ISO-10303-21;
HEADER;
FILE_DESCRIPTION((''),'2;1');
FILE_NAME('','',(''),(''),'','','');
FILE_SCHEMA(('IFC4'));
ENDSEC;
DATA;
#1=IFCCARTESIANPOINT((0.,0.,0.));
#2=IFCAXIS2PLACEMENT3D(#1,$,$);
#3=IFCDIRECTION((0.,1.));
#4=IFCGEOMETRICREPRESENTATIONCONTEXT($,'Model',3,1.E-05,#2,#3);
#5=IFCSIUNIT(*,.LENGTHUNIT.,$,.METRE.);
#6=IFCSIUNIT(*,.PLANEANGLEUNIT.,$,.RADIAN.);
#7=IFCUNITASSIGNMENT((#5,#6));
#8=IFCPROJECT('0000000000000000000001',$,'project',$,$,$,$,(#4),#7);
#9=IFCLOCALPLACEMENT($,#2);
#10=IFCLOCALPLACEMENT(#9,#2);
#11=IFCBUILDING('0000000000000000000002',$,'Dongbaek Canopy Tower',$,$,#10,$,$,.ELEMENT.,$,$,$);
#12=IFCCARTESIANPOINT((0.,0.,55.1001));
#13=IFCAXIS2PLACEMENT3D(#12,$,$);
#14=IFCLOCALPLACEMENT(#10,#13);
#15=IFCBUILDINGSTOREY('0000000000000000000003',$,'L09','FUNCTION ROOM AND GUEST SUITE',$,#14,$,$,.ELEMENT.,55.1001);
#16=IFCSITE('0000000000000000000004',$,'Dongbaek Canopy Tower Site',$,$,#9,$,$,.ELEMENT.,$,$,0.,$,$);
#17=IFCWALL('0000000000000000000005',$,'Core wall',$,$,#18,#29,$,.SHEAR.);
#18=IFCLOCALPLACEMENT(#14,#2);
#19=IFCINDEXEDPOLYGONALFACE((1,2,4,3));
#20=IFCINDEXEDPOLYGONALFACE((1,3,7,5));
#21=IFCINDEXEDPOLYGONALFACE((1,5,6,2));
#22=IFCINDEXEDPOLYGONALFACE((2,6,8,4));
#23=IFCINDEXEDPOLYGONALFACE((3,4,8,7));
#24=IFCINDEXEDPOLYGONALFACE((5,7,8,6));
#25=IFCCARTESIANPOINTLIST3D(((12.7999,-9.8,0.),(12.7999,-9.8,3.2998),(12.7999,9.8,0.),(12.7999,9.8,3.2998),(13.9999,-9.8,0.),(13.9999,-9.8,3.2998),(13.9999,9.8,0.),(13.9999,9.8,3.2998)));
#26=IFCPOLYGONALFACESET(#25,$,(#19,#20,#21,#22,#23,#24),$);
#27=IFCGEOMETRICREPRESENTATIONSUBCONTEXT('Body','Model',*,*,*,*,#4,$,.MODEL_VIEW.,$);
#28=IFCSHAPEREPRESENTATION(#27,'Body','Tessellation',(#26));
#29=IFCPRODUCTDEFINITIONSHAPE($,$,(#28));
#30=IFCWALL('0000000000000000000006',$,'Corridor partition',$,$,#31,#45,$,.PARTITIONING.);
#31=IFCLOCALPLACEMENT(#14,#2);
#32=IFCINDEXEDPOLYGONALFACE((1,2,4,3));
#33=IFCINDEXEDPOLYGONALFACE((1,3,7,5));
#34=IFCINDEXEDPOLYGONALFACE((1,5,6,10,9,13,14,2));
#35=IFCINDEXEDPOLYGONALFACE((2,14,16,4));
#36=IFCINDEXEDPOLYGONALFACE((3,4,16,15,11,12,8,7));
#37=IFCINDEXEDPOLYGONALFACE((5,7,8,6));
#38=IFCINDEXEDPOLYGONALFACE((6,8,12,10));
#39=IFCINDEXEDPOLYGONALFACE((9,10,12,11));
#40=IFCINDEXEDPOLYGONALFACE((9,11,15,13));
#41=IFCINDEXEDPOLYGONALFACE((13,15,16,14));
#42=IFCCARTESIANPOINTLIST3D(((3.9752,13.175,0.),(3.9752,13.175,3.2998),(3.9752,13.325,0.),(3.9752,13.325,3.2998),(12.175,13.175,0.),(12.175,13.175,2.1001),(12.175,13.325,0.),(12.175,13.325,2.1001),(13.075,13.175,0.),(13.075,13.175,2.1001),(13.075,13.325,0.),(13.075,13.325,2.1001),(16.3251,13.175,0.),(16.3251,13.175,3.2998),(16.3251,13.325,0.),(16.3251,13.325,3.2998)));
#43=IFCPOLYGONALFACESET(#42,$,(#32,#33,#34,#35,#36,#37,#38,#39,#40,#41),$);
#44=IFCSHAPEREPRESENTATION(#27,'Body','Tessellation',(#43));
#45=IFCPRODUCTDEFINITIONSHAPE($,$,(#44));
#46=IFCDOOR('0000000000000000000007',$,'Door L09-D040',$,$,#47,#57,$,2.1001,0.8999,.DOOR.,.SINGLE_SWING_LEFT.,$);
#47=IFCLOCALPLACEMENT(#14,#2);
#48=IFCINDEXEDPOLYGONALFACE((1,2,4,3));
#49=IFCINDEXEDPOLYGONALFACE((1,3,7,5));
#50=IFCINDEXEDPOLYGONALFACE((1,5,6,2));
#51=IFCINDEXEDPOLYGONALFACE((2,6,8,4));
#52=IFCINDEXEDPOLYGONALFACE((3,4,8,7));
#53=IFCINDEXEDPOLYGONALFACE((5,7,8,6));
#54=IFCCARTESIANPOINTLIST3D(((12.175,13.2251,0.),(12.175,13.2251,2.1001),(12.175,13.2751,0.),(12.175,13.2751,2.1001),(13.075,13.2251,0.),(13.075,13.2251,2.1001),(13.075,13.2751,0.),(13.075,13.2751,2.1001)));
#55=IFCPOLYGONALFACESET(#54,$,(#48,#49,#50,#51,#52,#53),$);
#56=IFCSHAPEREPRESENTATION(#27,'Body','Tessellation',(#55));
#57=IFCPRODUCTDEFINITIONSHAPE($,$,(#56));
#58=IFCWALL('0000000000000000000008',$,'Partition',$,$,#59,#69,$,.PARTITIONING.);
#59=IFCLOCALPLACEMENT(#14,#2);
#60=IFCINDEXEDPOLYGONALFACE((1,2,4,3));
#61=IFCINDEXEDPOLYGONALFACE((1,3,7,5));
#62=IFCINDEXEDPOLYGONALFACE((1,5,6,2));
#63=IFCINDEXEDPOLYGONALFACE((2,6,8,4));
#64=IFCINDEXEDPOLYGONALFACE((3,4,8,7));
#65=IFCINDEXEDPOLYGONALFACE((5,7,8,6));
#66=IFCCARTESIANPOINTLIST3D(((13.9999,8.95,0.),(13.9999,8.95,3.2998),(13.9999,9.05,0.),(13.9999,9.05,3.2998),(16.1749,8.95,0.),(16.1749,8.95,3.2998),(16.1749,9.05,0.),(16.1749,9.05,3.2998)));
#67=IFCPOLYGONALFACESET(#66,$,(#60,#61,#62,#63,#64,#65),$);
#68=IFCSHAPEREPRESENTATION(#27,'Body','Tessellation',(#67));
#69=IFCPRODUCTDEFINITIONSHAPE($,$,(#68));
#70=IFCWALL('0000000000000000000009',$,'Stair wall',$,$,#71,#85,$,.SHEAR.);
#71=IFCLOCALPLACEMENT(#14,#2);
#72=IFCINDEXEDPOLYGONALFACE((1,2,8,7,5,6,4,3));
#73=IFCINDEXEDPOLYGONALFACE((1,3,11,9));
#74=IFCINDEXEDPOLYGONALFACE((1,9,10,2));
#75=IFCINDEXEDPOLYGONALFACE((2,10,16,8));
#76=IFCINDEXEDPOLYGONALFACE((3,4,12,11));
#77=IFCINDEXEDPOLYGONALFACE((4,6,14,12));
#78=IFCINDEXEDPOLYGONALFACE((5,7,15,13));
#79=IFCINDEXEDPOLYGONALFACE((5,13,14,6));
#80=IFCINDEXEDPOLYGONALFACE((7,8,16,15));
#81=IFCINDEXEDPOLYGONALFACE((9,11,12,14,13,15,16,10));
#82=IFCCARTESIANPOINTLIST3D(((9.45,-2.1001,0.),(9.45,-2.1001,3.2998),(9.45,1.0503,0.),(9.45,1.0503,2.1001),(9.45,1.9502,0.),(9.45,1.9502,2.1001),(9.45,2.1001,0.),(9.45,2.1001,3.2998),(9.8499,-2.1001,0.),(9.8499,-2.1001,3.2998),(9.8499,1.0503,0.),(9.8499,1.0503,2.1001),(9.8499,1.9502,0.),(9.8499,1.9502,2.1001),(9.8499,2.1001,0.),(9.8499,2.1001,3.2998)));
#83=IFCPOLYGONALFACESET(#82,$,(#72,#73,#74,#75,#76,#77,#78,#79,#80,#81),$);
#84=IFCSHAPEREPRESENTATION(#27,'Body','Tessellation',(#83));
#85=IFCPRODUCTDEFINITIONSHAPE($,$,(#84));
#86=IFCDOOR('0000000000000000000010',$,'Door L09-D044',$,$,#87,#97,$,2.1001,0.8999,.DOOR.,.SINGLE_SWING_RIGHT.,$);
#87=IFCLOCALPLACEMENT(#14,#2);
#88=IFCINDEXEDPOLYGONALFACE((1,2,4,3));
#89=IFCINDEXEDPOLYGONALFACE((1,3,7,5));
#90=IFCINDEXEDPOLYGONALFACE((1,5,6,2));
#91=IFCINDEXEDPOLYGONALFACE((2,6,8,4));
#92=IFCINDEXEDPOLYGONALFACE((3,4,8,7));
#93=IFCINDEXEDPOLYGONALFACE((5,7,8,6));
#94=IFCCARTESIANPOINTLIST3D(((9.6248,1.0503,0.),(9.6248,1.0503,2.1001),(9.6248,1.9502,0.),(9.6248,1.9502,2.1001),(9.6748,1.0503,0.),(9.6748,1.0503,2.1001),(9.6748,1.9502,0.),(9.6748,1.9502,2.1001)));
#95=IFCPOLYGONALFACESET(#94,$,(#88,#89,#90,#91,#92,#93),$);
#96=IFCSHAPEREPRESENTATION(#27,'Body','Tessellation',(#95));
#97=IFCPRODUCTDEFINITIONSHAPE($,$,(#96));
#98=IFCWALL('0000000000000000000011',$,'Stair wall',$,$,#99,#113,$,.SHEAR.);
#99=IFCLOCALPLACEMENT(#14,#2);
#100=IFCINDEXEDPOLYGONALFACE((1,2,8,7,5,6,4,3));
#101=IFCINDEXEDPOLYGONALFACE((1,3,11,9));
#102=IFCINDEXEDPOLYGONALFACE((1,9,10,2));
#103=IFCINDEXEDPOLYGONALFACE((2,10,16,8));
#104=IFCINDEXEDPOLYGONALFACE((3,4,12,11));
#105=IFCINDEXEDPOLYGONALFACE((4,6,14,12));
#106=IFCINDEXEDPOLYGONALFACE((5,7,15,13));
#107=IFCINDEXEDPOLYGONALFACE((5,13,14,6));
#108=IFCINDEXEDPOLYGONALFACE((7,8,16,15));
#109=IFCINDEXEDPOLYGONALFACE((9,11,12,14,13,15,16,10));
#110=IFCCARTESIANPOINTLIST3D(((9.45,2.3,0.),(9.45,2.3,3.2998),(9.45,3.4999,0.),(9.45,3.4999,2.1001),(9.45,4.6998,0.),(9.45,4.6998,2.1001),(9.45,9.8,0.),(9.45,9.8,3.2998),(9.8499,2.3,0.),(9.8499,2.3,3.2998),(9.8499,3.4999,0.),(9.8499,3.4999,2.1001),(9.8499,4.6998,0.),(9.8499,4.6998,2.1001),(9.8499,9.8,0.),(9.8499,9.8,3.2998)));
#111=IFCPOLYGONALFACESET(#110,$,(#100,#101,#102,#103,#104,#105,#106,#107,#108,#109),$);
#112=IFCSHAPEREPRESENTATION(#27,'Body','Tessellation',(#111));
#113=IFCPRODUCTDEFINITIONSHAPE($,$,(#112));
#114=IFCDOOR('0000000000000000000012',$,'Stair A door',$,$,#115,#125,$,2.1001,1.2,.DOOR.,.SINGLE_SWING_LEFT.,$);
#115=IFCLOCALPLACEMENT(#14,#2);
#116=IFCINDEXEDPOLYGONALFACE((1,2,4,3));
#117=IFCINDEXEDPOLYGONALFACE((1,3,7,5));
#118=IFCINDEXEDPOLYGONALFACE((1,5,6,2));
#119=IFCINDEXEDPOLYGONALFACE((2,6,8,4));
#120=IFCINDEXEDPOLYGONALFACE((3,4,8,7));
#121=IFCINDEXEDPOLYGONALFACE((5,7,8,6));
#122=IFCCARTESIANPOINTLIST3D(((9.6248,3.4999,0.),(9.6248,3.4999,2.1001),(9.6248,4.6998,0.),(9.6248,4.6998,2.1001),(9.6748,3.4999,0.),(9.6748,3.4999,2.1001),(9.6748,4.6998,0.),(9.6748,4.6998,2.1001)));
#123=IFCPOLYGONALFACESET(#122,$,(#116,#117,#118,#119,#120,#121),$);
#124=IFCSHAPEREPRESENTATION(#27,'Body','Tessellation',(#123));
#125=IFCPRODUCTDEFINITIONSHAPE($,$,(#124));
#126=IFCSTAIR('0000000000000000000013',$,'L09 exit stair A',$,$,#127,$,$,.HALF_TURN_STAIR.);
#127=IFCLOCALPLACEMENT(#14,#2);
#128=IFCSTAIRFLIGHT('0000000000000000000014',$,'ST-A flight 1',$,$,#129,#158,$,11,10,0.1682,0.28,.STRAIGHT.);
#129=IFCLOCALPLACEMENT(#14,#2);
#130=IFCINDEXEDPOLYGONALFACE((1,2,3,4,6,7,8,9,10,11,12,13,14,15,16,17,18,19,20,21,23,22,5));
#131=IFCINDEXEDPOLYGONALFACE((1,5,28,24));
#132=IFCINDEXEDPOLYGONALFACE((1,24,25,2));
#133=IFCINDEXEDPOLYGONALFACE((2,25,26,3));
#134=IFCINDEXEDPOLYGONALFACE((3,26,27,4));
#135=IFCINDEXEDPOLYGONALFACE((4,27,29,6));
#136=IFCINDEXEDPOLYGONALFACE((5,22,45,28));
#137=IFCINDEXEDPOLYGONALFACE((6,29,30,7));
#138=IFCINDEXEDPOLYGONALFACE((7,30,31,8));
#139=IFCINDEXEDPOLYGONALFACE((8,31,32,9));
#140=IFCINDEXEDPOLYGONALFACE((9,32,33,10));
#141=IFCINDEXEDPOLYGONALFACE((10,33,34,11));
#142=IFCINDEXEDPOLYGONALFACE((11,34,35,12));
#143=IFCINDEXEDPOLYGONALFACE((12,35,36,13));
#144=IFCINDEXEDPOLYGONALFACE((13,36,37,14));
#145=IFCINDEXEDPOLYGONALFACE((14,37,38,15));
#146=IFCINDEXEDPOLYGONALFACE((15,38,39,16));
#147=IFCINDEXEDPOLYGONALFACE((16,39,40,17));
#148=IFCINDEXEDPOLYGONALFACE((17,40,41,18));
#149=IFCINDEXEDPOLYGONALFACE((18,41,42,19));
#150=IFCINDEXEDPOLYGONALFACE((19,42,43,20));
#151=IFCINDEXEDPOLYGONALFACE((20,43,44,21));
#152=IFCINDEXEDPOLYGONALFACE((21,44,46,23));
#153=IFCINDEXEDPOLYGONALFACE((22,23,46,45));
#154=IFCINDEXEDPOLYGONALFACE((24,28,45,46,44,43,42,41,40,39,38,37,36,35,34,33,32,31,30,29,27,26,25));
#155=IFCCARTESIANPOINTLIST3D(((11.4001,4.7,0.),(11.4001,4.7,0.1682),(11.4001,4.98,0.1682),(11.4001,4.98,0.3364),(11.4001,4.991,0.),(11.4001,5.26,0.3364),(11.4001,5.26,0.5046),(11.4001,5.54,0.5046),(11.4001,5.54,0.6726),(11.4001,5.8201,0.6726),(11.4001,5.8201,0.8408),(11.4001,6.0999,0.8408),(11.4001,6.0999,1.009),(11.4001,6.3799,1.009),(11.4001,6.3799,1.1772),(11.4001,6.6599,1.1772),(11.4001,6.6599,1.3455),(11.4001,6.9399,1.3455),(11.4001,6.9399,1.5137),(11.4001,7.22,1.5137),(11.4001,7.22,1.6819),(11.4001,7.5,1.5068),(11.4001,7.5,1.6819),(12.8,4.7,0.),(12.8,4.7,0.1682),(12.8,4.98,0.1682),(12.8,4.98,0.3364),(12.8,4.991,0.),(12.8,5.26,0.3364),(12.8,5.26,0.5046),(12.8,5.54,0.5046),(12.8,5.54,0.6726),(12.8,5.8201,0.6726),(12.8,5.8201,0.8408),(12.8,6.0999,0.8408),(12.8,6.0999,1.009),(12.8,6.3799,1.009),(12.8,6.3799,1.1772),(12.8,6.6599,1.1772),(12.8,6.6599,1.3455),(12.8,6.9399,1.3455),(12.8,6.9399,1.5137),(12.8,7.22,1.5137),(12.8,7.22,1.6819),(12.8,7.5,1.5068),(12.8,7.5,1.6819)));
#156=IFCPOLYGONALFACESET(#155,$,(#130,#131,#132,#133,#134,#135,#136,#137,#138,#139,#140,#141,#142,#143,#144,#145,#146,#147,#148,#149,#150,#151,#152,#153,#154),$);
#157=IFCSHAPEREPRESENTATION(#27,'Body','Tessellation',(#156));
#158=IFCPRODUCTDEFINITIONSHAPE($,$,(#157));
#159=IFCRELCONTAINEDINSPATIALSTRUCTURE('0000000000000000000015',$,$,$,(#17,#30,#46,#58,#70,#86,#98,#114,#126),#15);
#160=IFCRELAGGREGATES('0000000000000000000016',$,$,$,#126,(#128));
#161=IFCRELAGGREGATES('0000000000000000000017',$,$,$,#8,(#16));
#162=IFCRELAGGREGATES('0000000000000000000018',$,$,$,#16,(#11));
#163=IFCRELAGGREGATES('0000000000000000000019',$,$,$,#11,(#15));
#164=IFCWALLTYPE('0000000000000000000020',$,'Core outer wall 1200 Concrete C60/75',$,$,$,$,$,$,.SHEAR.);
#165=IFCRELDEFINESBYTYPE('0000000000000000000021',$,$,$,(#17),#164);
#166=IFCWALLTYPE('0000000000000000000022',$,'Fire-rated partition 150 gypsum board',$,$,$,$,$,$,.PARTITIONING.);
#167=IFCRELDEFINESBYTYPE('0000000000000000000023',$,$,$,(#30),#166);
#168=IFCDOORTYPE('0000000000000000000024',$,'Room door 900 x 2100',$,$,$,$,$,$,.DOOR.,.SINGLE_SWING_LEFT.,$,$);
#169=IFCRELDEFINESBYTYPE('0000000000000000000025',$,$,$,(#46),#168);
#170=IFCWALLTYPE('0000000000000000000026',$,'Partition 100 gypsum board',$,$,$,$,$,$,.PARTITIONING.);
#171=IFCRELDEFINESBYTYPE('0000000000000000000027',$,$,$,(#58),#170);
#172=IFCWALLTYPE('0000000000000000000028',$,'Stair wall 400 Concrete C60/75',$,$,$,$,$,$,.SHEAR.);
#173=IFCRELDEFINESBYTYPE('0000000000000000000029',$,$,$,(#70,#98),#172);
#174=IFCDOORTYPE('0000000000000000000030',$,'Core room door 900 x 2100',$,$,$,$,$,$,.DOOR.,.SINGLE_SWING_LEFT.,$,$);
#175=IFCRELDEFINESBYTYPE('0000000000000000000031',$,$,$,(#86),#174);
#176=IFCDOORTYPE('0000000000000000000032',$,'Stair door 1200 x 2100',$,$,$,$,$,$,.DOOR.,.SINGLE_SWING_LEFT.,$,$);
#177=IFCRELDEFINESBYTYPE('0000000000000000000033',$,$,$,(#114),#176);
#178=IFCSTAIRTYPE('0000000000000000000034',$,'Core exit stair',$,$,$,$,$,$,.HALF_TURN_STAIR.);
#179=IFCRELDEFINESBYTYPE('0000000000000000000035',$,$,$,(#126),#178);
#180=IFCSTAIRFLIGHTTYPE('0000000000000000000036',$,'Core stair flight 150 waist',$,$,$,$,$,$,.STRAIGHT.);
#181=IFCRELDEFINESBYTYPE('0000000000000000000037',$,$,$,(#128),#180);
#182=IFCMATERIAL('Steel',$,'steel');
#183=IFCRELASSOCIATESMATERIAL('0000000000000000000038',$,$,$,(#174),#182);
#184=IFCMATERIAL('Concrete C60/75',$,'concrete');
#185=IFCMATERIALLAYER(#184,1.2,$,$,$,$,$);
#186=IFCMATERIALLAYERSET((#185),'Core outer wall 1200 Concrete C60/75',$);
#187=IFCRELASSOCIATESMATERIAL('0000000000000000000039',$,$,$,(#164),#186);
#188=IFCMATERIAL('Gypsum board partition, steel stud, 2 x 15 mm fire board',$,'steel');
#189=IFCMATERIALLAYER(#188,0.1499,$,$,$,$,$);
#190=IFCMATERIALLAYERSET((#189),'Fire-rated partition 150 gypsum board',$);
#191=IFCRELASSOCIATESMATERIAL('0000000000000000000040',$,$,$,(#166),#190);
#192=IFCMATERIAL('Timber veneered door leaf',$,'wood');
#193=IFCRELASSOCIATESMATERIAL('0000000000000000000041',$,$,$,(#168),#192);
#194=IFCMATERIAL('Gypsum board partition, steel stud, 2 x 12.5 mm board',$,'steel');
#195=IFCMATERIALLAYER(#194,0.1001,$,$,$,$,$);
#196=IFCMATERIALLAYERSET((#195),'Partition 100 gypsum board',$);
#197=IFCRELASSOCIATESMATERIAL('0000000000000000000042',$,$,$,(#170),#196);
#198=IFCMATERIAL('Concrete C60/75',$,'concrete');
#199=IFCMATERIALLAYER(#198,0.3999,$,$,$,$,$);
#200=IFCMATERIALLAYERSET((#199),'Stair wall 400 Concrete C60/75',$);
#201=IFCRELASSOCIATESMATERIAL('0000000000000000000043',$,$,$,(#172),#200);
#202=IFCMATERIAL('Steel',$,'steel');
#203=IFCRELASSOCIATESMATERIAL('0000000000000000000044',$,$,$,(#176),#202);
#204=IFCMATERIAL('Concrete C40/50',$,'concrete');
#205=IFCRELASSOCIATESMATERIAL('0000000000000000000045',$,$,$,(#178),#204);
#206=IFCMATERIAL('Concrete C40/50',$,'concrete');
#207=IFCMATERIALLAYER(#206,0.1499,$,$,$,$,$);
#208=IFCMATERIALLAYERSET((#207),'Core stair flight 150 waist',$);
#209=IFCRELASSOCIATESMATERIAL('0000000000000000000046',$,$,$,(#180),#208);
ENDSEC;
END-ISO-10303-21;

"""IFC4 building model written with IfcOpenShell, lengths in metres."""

from ifc_helpers import new_model, si_unit, direction, frame, frame_2d, origin, place, context, subcontext, project, spatial, polyline, rectangle, outline, extrude, material, layer, layer_set, type_object, element, fill, aggregate, save


model = new_model("IFC4")

# Units and contexts
model_context = context("Model", 3, precision=1e-05, world=origin(), true_north=direction((0.0, 1.0)))
body_context = subcontext(model_context, "Body", "Model", "MODEL_VIEW")
ifc_project = project(units=[si_unit("LENGTHUNIT", "METRE"), si_unit("PLANEANGLEUNIT", "RADIAN")], contexts=[model_context])

# Site, building, storey
site_placement = place(None, origin())
site = spatial("IfcSite", under=ifc_project, at=site_placement, Name="Dongbaek Canopy Tower Site", CompositionType="ELEMENT", RefElevation=0.0)
building_placement = place(site_placement, origin())
building = spatial("IfcBuilding", under=site, at=building_placement, Name="Dongbaek Canopy Tower", CompositionType="ELEMENT")
storey_placement = place(building_placement, frame((0.0, 0.0, 55.1001)))
storey = spatial("IfcBuildingStorey", under=building, at=storey_placement, Name="L09", Description="FUNCTION ROOM AND GUEST SUITE", CompositionType="ELEMENT", Elevation=55.1001)

# Shared definitions
ifc_material_1 = material(Name="Steel", Category="steel")
door_type_1 = type_object("IfcDoorType", Name="Core room door 900 x 2100", OperationType="SINGLE_SWING_LEFT", PredefinedType="DOOR", material=ifc_material_1)

# Wall
ifc_material_2 = material(Name="Concrete C60/75", Category="concrete")
ifc_layer_1 = layer(ifc_material_2, 1.2)
ifc_layer_set_1 = layer_set([ifc_layer_1], Name="Core outer wall 1200 Concrete C60/75")
wall_type_1 = type_object("IfcWallType", Name="Core outer wall 1200 Concrete C60/75", PredefinedType="SHEAR", material=ifc_layer_set_1)
wall_1_placement = place(storey_placement, frame((13.3999, 9.8, 0.0), z_axis=(0.0, 0.0, 1.0), x_axis=(0.0, -1.0, 0.0)))
element("IfcWall", 1, at=wall_1_placement, inside=storey, type_object=wall_type_1, Name="Core wall", PredefinedType="SHEAR", context=body_context, shape_type="SweptSolid", body=[
    extrude(rectangle(XDim=19.6001, YDim=1.2, at=frame_2d((9.8, 0.0))), origin(), (0.0, 0.0, 1.0), 3.2998),
])

# Wall, opening, door
ifc_material_3 = material(Name="Gypsum board partition, steel stud, 2 x 15 mm fire board", Category="steel")
ifc_layer_2 = layer(ifc_material_3, 0.1499)
ifc_layer_set_2 = layer_set([ifc_layer_2], Name="Fire-rated partition 150 gypsum board")
wall_type_2 = type_object("IfcWallType", Name="Fire-rated partition 150 gypsum board", PredefinedType="PARTITIONING", material=ifc_layer_set_2)
wall_2_placement = place(storey_placement, frame((16.325, 13.25, 0.0), z_axis=(0.0, 0.0, 1.0), x_axis=(-1.0, 0.0, 0.0)))
wall_2 = element("IfcWall", 2, at=wall_2_placement, inside=storey, type_object=wall_type_2, Name="Corridor partition", PredefinedType="PARTITIONING", context=body_context, shape_type="SweptSolid", body=[
    extrude(rectangle(XDim=12.3499, YDim=0.1499, at=frame_2d((6.1748, 0.0))), origin(), (0.0, 0.0, 1.0), 3.2998),
])
opening_1_placement = place(wall_2_placement, frame((3.25, 0.0, 0.0)))
opening_1 = element("IfcOpeningElement", 3, at=opening_1_placement, cuts=wall_2, PredefinedType="OPENING", context=body_context, shape_type="SweptSolid", body=[
    extrude(rectangle(XDim=0.8999, YDim=2.1001, at=frame_2d((0.45, 1.05))), frame((0.0, 0.085, 0.0), z_axis=(0.0, -1.0, 0.0), x_axis=(1.0, 0.0, 0.0)), (0.0, 0.0, 1.0), 0.1699),
])
ifc_material_4 = material(Name="Timber veneered door leaf", Category="wood")
door_type_2 = type_object("IfcDoorType", Name="Room door 900 x 2100", OperationType="SINGLE_SWING_LEFT", PredefinedType="DOOR", material=ifc_material_4)
door_1_placement = place(opening_1_placement, origin())
door_1 = element("IfcDoor", 4, at=door_1_placement, inside=storey, type_object=door_type_2, Name="Door L09-D040", OperationType="SINGLE_SWING_LEFT", OverallHeight=2.1001, OverallWidth=0.8999, PredefinedType="DOOR", context=body_context, shape_type="SweptSolid", body=[
    extrude(rectangle(XDim=0.8999, YDim=2.1001, at=frame_2d((0.45, 1.05))), frame((0.0, 0.0249, 0.0), z_axis=(0.0, -1.0, 0.0), x_axis=(1.0, 0.0, 0.0)), (0.0, 0.0, 1.0), 0.05),
])
fill(opening_1, door_1)

# Wall
ifc_material_5 = material(Name="Gypsum board partition, steel stud, 2 x 12.5 mm board", Category="steel")
ifc_layer_3 = layer(ifc_material_5, 0.1001)
ifc_layer_set_3 = layer_set([ifc_layer_3], Name="Partition 100 gypsum board")
wall_type_3 = type_object("IfcWallType", Name="Partition 100 gypsum board", PredefinedType="PARTITIONING", material=ifc_layer_set_3)
wall_3_placement = place(storey_placement, frame((14.0, 9.0, 0.0), z_axis=(0.0, 0.0, 1.0), x_axis=(1.0, 0.0, 0.0)))
element("IfcWall", 5, at=wall_3_placement, inside=storey, type_object=wall_type_3, Name="Partition", PredefinedType="PARTITIONING", context=body_context, shape_type="SweptSolid", body=[
    extrude(rectangle(XDim=2.175, YDim=0.1001, at=frame_2d((1.0874, 0.0))), origin(), (0.0, 0.0, 1.0), 3.2998),
])

# Walls, openings, doors
ifc_material_6 = material(Name="Concrete C60/75", Category="concrete")
ifc_layer_4 = layer(ifc_material_6, 0.3999)
ifc_layer_set_4 = layer_set([ifc_layer_4], Name="Stair wall 400 Concrete C60/75")
wall_type_4 = type_object("IfcWallType", Name="Stair wall 400 Concrete C60/75", PredefinedType="SHEAR", material=ifc_layer_set_4)
wall_4_placement = place(storey_placement, frame((9.6499, 2.1001, 0.0), z_axis=(0.0, 0.0, 1.0), x_axis=(0.0, -1.0, 0.0)))
wall_4 = element("IfcWall", 6, at=wall_4_placement, inside=storey, type_object=wall_type_4, Name="Stair wall", PredefinedType="SHEAR", context=body_context, shape_type="SweptSolid", body=[
    extrude(rectangle(XDim=4.2002, YDim=0.3999, at=frame_2d((2.1001, 0.0))), origin(), (0.0, 0.0, 1.0), 3.2998),
])
opening_2_placement = place(wall_4_placement, frame((0.1499, 0.0, 0.0)))
opening_2 = element("IfcOpeningElement", 7, at=opening_2_placement, cuts=wall_4, PredefinedType="OPENING", context=body_context, shape_type="SweptSolid", body=[
    extrude(rectangle(XDim=0.8999, YDim=2.1001, at=frame_2d((0.45, 1.05))), frame((0.0, 0.21, 0.0), z_axis=(0.0, -1.0, 0.0), x_axis=(1.0, 0.0, 0.0)), (0.0, 0.0, 1.0), 0.4199),
])
door_2_placement = place(opening_2_placement, origin())
door_2 = element("IfcDoor", 8, at=door_2_placement, inside=storey, type_object=door_type_1, Name="Door L09-D044", OperationType="SINGLE_SWING_RIGHT", OverallHeight=2.1001, OverallWidth=0.8999, PredefinedType="DOOR", context=body_context, shape_type="SweptSolid", body=[
    extrude(rectangle(XDim=0.8999, YDim=2.1001, at=frame_2d((0.45, 1.05))), frame((0.0, 0.0249, 0.0), z_axis=(0.0, -1.0, 0.0), x_axis=(1.0, 0.0, 0.0)), (0.0, 0.0, 1.0), 0.05),
])
fill(opening_2, door_2)
wall_5_placement = place(storey_placement, frame((9.6499, 9.8, 0.0), z_axis=(0.0, 0.0, 1.0), x_axis=(0.0, -1.0, 0.0)))
wall_5 = element("IfcWall", 9, at=wall_5_placement, inside=storey, type_object=wall_type_4, Name="Stair wall", PredefinedType="SHEAR", context=body_context, shape_type="SweptSolid", body=[
    extrude(rectangle(XDim=7.5, YDim=0.3999, at=frame_2d((3.75, 0.0))), origin(), (0.0, 0.0, 1.0), 3.2998),
])
opening_3_placement = place(wall_5_placement, frame((5.1001, 0.0, 0.0)))
opening_3 = element("IfcOpeningElement", 10, at=opening_3_placement, cuts=wall_5, PredefinedType="OPENING", context=body_context, shape_type="SweptSolid", body=[
    extrude(rectangle(XDim=1.2, YDim=2.1001, at=frame_2d((0.6001, 1.05))), frame((0.0, 0.21, 0.0), z_axis=(0.0, -1.0, 0.0), x_axis=(1.0, 0.0, 0.0)), (0.0, 0.0, 1.0), 0.4199),
])
ifc_material_7 = material(Name="Steel", Category="steel")
door_type_3 = type_object("IfcDoorType", Name="Stair door 1200 x 2100", OperationType="SINGLE_SWING_LEFT", PredefinedType="DOOR", material=ifc_material_7)
door_3_placement = place(opening_3_placement, origin())
door_3 = element("IfcDoor", 11, at=door_3_placement, inside=storey, type_object=door_type_3, Name="Stair A door", OperationType="SINGLE_SWING_LEFT", OverallHeight=2.1001, OverallWidth=1.2, PredefinedType="DOOR", context=body_context, shape_type="SweptSolid", body=[
    extrude(rectangle(XDim=1.2, YDim=2.1001, at=frame_2d((0.6001, 1.05))), frame((0.0, 0.0249, 0.0), z_axis=(0.0, -1.0, 0.0), x_axis=(1.0, 0.0, 0.0)), (0.0, 0.0, 1.0), 0.05),
])
fill(opening_3, door_3)

# Stair, stair flight
ifc_material_8 = material(Name="Concrete C40/50", Category="concrete")
stair_type = type_object("IfcStairType", Name="Core exit stair", PredefinedType="HALF_TURN_STAIR", material=ifc_material_8)
stair_placement = place(storey_placement, origin())
stair = element("IfcStair", 12, at=stair_placement, inside=storey, type_object=stair_type, Name="L09 exit stair A", PredefinedType="HALF_TURN_STAIR")
ifc_material_9 = material(Name="Concrete C40/50", Category="concrete")
ifc_layer_5 = layer(ifc_material_9, 0.1499)
ifc_layer_set_5 = layer_set([ifc_layer_5], Name="Core stair flight 150 waist")
stair_flight_type = type_object("IfcStairFlightType", Name="Core stair flight 150 waist", PredefinedType="STRAIGHT", material=ifc_layer_set_5)
stair_flight_1_placement = place(storey_placement, frame((12.1001, 4.7, 0.0), z_axis=(0.0, 0.0, 1.0), x_axis=(0.0, 1.0, 0.0)))
stair_flight_1 = element("IfcStairFlight", 13, at=stair_flight_1_placement, type_object=stair_flight_type, Name="ST-A flight 1", NumberOfRisers=11, NumberOfTreads=10, PredefinedType="STRAIGHT", RiserHeight=0.1682, TreadLength=0.28, context=body_context, shape_type="SweptSolid", body=[
    extrude(outline(polyline([(0.0, 0.0), (0.0, 0.1682), (0.28, 0.1682), (0.28, 0.3364), (0.5601, 0.3364), (0.5601, 0.5046), (0.8401, 0.5046), (0.8401, 0.6726), (1.1201, 0.6726), (1.1201, 0.8408), (1.3999, 0.8408), (1.3999, 1.009), (1.6799, 1.009), (1.6799, 1.1772), (1.96, 1.1772), (1.96, 1.3455), (2.24, 1.3455), (2.24, 1.5137), (2.52, 1.5137), (2.52, 1.6819), (2.8, 1.6819), (2.8, 1.8501), (2.8, 1.5068), (0.291, 0.0), (0.0, 0.0)])), frame((0.0, 0.7, 0.0), z_axis=(0.0, -1.0, 0.0), x_axis=(1.0, 0.0, 0.0)), (0.0, 0.0, 1.0), 1.3999),
])
aggregate(stair, [stair_flight_1])

save(model, "model.ifc")
